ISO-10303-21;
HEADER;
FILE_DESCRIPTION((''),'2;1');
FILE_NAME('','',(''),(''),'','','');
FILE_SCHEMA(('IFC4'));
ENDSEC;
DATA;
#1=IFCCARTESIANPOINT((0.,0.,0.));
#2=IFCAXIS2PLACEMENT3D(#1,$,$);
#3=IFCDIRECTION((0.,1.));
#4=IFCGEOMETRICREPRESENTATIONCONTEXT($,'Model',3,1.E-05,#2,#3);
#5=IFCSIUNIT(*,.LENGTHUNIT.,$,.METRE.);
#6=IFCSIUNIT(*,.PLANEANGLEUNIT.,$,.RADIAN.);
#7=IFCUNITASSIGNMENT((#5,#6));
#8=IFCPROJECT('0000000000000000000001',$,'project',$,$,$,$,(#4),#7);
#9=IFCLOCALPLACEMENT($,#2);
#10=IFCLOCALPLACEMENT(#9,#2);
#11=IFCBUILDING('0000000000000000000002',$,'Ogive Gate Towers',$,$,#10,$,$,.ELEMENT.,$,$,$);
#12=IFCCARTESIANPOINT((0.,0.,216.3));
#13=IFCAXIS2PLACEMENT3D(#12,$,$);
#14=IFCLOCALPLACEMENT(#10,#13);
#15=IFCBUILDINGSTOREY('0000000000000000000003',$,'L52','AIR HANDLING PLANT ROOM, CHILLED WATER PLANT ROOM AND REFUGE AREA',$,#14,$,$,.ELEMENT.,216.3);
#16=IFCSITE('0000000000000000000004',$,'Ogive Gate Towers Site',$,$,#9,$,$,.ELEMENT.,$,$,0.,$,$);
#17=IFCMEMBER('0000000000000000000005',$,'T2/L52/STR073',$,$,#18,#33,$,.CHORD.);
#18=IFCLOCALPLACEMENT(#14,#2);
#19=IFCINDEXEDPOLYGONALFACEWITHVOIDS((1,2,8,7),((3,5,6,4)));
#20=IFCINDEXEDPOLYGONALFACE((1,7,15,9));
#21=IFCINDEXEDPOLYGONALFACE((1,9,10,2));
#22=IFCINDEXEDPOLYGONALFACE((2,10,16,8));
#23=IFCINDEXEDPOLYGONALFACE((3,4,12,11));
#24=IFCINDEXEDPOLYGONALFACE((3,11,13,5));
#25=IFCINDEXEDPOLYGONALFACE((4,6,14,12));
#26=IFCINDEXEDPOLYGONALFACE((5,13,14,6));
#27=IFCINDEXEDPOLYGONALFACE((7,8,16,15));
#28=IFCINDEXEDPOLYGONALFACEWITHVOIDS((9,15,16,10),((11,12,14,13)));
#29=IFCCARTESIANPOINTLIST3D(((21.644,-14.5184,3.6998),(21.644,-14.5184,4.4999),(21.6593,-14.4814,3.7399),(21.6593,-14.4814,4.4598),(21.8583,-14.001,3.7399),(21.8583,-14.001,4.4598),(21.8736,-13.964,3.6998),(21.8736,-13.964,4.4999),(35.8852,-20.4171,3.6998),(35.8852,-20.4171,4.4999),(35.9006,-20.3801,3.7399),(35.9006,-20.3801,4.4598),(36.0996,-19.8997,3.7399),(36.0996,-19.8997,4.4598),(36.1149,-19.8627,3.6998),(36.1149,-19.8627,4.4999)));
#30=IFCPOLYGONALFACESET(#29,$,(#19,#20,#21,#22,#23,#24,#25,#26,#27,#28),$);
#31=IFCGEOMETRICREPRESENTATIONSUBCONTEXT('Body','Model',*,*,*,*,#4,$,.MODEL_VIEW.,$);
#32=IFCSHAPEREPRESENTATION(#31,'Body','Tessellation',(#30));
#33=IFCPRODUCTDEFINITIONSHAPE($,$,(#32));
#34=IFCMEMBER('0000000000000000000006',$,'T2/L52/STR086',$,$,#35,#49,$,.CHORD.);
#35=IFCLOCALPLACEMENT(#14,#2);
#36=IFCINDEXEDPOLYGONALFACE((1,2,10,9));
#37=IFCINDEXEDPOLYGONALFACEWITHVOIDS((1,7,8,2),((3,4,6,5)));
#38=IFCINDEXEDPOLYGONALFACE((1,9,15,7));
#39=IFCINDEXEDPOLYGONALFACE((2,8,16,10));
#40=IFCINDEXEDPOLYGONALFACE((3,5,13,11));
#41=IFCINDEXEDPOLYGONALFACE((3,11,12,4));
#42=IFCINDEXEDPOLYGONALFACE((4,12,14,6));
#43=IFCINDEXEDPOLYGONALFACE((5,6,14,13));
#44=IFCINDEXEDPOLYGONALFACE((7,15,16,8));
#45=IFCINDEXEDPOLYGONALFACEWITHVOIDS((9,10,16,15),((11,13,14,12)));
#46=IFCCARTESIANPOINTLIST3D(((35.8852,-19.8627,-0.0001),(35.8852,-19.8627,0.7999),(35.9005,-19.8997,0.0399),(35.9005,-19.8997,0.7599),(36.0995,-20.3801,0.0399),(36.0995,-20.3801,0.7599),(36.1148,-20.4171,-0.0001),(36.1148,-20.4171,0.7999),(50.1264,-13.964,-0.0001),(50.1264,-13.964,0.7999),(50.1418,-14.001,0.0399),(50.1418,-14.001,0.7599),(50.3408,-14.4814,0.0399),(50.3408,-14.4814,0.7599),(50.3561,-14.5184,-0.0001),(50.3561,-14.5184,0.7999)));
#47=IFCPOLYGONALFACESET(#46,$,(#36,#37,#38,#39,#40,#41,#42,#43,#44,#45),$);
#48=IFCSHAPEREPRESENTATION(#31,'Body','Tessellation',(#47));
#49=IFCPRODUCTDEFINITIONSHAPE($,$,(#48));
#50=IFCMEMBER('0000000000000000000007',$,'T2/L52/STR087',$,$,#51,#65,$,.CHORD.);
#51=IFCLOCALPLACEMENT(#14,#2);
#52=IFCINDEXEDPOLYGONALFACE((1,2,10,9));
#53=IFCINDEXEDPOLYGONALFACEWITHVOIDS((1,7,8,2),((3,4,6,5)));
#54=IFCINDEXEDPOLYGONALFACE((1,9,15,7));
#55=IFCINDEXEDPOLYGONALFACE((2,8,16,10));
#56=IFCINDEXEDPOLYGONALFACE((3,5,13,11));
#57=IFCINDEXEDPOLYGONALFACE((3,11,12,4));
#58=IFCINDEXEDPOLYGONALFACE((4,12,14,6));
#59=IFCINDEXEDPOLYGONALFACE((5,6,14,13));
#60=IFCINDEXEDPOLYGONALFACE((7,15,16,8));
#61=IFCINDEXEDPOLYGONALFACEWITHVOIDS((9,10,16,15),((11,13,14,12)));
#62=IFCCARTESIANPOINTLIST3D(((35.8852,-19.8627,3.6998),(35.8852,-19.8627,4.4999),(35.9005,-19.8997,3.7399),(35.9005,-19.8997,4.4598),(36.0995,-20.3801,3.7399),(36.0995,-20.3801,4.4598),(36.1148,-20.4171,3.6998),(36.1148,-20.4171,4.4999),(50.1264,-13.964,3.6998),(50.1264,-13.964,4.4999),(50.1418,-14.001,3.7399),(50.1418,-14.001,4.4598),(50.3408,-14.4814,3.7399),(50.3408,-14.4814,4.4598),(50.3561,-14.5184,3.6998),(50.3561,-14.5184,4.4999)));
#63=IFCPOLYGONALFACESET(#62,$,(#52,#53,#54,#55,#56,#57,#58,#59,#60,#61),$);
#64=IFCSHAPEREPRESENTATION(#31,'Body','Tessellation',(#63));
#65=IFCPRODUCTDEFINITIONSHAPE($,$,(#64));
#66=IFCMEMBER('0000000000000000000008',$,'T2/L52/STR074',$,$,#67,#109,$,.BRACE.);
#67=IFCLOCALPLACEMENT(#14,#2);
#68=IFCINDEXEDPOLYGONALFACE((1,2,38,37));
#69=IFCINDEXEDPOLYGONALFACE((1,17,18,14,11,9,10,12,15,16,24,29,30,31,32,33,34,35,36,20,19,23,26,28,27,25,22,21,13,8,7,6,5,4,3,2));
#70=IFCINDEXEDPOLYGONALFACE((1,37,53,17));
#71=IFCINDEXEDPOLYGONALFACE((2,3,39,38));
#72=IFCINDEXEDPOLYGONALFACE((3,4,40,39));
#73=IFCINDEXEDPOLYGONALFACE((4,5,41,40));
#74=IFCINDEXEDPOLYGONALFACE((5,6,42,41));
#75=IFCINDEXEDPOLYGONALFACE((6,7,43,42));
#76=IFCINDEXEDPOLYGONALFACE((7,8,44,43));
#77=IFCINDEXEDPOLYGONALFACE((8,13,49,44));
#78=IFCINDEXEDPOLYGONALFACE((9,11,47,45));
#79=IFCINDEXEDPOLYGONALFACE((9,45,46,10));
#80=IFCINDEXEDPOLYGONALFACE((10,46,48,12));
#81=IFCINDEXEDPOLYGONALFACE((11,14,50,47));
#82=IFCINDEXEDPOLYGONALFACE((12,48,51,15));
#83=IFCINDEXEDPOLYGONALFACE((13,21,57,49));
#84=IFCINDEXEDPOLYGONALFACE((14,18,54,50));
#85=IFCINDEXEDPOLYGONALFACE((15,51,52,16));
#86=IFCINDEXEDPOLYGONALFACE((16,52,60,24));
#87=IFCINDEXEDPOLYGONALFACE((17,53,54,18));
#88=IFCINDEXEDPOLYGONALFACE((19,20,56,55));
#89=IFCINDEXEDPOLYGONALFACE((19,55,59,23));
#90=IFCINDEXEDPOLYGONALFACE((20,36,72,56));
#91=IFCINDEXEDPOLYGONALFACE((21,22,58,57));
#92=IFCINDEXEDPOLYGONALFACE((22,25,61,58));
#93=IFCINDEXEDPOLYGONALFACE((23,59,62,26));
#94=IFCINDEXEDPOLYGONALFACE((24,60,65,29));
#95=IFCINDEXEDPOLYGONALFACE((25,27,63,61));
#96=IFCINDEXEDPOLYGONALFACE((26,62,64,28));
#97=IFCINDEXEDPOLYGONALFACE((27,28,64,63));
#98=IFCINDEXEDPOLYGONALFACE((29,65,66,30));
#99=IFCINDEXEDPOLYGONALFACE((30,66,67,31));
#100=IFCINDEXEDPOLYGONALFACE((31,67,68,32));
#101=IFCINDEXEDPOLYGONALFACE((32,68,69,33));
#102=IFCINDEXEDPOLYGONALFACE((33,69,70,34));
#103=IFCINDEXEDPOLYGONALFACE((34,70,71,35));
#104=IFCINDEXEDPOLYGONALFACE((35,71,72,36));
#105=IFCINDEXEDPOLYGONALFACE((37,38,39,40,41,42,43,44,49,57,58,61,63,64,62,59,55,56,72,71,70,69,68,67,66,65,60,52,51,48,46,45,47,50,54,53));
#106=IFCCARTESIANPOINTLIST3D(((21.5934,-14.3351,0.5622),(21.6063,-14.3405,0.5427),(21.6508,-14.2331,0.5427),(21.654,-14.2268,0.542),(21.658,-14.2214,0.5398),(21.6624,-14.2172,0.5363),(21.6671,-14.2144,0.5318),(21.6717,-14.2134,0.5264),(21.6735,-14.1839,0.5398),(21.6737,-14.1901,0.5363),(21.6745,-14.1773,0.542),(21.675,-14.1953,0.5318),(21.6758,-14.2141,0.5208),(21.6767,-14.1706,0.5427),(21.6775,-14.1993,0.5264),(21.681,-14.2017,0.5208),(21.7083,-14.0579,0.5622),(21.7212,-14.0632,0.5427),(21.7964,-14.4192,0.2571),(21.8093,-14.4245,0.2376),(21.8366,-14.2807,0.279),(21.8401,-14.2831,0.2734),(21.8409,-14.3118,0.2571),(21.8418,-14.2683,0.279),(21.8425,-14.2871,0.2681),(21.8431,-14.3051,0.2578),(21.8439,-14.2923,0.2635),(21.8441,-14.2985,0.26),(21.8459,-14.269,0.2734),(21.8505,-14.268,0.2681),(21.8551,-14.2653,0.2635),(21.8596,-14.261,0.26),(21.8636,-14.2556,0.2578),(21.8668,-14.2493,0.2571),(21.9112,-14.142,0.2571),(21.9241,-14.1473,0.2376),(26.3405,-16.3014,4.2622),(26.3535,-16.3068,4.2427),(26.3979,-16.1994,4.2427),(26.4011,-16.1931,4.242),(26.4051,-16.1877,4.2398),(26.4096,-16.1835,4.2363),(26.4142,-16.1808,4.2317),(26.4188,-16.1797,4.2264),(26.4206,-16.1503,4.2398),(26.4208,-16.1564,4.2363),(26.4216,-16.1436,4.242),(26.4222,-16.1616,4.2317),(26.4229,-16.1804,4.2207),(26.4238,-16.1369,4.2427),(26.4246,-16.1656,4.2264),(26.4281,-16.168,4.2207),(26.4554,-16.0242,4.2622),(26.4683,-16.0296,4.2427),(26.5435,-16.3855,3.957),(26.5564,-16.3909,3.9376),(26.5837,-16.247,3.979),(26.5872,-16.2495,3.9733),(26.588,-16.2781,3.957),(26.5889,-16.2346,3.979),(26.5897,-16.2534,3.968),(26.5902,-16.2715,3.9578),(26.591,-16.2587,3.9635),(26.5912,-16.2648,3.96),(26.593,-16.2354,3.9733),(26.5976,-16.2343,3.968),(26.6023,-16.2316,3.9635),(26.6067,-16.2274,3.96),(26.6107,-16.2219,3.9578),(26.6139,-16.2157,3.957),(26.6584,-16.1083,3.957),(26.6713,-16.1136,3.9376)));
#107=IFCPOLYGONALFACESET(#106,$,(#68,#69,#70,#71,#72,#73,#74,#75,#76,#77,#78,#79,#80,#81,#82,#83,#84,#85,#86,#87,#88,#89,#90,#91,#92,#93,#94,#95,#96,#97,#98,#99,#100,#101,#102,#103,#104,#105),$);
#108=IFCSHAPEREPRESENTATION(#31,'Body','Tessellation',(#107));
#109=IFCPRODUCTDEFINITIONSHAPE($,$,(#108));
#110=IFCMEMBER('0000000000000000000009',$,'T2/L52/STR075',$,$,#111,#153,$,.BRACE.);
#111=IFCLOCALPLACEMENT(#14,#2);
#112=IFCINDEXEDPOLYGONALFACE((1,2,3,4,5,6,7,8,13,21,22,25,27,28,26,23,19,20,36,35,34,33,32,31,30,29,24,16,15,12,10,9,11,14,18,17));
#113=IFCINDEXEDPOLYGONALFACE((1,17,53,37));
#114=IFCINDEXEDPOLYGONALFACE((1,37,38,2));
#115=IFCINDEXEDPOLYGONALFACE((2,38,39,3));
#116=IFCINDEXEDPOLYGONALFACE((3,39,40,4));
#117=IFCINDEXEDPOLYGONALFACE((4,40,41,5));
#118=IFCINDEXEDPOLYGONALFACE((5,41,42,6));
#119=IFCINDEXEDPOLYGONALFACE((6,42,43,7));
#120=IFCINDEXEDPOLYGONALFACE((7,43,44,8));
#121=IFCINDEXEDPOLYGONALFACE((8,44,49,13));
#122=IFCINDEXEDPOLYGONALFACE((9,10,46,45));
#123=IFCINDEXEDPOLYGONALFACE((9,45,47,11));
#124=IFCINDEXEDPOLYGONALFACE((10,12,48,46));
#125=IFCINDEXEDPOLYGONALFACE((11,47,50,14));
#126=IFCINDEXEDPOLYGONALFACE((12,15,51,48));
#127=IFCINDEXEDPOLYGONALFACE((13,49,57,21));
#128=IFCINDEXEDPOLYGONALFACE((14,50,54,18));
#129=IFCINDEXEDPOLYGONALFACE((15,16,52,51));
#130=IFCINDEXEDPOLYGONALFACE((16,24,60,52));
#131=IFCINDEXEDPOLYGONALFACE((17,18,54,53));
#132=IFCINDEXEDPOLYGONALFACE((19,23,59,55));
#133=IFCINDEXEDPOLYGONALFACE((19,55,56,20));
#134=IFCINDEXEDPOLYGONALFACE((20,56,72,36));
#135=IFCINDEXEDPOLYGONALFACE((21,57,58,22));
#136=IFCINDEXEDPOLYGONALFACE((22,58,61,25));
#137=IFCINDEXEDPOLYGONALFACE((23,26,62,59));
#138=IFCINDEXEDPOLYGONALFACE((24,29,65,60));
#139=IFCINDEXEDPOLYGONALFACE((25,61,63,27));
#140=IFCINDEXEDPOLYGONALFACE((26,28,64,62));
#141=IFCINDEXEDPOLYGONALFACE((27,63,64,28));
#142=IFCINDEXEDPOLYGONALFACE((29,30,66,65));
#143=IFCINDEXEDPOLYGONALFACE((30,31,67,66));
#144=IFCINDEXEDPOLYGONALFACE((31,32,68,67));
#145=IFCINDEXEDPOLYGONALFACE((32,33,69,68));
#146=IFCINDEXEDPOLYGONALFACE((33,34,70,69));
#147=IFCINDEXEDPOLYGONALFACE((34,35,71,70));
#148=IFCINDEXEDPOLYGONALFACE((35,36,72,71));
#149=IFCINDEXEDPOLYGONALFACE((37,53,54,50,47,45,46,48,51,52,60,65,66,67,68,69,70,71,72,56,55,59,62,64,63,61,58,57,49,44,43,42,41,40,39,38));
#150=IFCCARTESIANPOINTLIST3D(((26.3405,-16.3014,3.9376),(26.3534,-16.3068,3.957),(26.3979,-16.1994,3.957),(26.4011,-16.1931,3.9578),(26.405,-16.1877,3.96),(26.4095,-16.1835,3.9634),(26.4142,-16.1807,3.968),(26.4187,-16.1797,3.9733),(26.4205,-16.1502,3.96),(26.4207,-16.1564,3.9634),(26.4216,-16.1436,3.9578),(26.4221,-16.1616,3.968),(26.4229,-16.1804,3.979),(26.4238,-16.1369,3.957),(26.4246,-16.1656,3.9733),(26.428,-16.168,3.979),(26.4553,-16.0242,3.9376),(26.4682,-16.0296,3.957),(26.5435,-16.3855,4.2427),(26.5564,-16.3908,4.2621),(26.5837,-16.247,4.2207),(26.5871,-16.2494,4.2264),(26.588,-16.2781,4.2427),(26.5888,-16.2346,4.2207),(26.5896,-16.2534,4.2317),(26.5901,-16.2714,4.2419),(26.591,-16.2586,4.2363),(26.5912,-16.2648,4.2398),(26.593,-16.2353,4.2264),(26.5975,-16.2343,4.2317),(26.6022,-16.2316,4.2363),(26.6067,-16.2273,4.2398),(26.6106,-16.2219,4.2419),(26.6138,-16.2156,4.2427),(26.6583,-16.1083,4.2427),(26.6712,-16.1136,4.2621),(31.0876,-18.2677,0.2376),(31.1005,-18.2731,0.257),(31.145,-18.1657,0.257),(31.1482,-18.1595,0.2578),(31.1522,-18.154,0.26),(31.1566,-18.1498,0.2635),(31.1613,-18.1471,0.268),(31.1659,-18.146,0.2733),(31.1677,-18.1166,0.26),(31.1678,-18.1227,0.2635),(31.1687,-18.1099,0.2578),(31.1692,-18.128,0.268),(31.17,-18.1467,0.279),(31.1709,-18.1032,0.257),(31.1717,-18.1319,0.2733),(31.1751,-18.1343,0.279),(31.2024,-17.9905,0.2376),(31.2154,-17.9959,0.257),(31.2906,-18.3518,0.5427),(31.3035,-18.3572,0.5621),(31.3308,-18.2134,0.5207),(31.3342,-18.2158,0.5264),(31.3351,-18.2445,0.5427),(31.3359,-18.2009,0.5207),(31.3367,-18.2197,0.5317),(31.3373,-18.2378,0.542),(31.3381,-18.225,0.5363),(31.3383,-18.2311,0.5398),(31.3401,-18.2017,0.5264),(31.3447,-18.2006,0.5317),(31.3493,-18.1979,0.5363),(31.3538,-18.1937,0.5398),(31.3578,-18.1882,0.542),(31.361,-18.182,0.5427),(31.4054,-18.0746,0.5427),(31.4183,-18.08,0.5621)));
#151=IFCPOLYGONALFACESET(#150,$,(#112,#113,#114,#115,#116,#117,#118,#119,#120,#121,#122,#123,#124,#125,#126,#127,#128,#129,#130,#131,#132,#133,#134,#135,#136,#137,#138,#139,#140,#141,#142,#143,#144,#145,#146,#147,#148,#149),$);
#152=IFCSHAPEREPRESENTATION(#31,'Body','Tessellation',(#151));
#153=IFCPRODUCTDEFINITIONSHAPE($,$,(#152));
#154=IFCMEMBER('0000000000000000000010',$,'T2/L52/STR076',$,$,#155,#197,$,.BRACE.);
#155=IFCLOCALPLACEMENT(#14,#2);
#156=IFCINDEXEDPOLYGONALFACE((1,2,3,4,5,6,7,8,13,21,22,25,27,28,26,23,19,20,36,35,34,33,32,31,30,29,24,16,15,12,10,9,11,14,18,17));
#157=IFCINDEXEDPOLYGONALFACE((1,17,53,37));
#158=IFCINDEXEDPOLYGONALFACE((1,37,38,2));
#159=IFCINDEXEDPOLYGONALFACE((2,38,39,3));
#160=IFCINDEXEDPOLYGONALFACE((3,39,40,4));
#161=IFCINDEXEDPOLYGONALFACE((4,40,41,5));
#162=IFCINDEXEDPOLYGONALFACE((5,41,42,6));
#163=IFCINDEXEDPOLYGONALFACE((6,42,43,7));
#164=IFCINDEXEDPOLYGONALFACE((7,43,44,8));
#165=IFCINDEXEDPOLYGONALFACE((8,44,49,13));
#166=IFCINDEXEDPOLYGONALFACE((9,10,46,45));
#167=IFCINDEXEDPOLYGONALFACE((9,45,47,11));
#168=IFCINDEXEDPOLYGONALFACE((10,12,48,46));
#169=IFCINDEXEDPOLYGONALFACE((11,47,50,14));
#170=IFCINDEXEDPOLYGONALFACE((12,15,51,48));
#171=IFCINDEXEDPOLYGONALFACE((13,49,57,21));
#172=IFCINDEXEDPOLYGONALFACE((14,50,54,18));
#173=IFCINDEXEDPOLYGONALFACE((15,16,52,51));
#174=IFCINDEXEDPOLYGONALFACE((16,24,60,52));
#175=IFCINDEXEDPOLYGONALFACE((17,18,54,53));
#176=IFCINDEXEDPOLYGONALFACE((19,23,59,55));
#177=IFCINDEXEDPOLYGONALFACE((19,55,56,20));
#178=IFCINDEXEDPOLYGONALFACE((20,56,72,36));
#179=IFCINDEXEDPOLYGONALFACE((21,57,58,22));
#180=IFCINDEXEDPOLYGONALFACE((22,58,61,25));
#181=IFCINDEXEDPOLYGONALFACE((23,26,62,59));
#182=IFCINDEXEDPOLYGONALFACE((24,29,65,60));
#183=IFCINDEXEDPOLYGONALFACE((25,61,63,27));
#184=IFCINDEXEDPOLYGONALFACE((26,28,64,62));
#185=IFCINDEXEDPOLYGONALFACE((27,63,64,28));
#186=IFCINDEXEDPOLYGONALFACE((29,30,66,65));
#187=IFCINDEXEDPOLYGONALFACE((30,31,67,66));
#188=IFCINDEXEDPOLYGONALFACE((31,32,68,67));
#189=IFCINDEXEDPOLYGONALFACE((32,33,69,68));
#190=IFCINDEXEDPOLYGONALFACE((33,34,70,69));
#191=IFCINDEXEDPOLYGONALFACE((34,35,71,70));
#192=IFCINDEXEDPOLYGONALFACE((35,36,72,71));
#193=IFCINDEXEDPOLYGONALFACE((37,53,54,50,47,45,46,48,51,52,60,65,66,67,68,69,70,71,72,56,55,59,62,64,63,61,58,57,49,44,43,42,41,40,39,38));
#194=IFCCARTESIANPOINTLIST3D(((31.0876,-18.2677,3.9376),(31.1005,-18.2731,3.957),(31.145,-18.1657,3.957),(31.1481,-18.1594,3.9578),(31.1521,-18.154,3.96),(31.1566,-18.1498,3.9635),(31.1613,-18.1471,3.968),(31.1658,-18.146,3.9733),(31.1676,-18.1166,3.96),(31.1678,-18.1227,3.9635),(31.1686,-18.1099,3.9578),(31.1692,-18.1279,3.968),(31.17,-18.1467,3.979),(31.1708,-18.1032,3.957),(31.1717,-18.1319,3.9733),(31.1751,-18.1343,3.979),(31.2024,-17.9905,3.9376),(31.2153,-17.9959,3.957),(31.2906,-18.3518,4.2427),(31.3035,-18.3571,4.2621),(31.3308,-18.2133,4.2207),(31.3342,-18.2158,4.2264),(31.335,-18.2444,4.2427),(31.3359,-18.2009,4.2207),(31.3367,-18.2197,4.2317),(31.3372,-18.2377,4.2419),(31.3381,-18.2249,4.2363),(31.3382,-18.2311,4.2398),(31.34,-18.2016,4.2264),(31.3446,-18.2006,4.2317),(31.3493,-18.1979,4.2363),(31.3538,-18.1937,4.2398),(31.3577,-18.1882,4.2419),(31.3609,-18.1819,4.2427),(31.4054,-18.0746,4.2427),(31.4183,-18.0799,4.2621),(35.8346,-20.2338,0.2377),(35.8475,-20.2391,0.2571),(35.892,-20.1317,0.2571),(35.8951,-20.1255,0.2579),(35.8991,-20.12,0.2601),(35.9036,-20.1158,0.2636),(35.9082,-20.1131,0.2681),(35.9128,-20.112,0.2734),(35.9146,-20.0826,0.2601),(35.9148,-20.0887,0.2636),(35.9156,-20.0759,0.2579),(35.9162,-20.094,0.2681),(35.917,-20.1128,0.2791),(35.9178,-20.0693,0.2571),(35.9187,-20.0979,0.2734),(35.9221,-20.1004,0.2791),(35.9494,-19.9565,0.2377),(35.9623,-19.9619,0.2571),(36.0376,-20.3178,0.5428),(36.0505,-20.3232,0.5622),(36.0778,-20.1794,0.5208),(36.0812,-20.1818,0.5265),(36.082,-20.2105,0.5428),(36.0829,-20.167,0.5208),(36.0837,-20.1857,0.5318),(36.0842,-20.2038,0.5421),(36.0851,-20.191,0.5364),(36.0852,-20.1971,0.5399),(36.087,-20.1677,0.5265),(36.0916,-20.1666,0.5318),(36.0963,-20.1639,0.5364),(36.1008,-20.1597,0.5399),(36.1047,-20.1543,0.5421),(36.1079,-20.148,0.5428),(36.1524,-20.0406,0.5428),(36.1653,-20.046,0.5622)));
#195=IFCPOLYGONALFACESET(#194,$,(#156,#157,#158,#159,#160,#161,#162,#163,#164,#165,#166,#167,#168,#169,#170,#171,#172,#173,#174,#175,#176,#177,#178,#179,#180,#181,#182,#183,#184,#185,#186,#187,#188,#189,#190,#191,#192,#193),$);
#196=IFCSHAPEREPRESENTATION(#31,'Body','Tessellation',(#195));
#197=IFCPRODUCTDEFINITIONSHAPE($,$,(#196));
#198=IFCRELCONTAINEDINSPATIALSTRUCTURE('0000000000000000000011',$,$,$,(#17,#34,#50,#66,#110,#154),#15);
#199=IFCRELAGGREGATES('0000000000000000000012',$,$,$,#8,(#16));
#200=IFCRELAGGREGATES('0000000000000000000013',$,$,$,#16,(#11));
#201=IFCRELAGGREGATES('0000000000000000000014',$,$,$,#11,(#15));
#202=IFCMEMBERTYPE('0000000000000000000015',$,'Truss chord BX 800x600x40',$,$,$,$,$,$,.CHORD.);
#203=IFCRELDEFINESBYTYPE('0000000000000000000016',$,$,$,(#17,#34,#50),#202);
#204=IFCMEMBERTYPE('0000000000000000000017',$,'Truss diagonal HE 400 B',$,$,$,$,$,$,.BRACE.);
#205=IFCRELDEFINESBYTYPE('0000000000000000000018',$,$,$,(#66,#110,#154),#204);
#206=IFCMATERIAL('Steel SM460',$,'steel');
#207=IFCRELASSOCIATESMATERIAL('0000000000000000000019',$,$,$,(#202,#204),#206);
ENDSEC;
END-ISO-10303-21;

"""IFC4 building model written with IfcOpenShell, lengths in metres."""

from ifc_helpers import new_model, si_unit, direction, frame, origin, origin_2d, place, context, subcontext, project, spatial, hollow_rectangle, i_section, extrude, material, material_profile, profile_set, type_object, element, save


model = new_model("IFC4")

# Units and contexts
model_context = context("Model", 3, precision=1e-05, world=origin(), true_north=direction((0.0, 1.0)))
body_context = subcontext(model_context, "Body", "Model", "MODEL_VIEW")
ifc_project = project(units=[si_unit("LENGTHUNIT", "METRE"), si_unit("PLANEANGLEUNIT", "RADIAN")], contexts=[model_context])

# Site, building, storey
site_placement = place(None, origin())
site = spatial("IfcSite", under=ifc_project, at=site_placement, Name="Ogive Gate Towers Site", CompositionType="ELEMENT", RefElevation=0.0)
building_placement = place(site_placement, origin())
building = spatial("IfcBuilding", under=site, at=building_placement, Name="Ogive Gate Towers", CompositionType="ELEMENT")
storey_placement = place(building_placement, frame((0.0, 0.0, 216.3)))
storey = spatial("IfcBuildingStorey", under=building, at=storey_placement, Name="L52", Description="AIR HANDLING PLANT ROOM, CHILLED WATER PLANT ROOM AND REFUGE AREA", CompositionType="ELEMENT", Elevation=216.3)

# Shared definitions
ifc_material_1 = material(Name="Steel SM460", Category="steel")

# Members
ifc_material_profile_1 = material_profile(ifc_material_1, hollow_rectangle(XDim=0.6001, YDim=0.8, WallThickness=0.04, at=origin_2d()), Name="BX 800x600x40")
ifc_profile_set_1 = profile_set([ifc_material_profile_1], Name="Steel SM460")
member_type_1 = type_object("IfcMemberType", Name="Truss chord BX 800x600x40", PredefinedType="CHORD", material=ifc_profile_set_1)
for number, where, z_axis, x_axis, name in (
    (1, (21.7588, -14.2412, 4.0999), (0.923885, -0.382671, 0.0), (0.382671, 0.923885, 0.0), "T2/L52/STR073"),
    (2, (36.0, -20.1399, 0.3999), (0.923885, 0.382671, 0.0), (-0.382671, 0.923885, 0.0), "T2/L52/STR086"),
    (3, (36.0, -20.1399, 4.0999), (0.923885, 0.382671, 0.0), (-0.382671, 0.923885, 0.0), "T2/L52/STR087"),
):
    element("IfcMember", number, at=place(storey_placement, frame(where, z_axis=z_axis, x_axis=x_axis)), inside=storey, type_object=member_type_1, Name=name, PredefinedType="CHORD", context=body_context, shape_type="SweptSolid", body=[
        extrude(hollow_rectangle(XDim=0.6001, YDim=0.8, WallThickness=0.04, at=origin_2d()), origin(), (0.0, 0.0, 1.0), 15.4146),
    ])
ifc_material_profile_2 = material_profile(ifc_material_1, i_section(OverallWidth=0.3, OverallDepth=0.3999, WebThickness=0.0134, FlangeThickness=0.0239, FilletRadius=0.0271, at=origin_2d()), Name="HE 400 B")
ifc_profile_set_2 = profile_set([ifc_material_profile_2], Name="Steel SM460")
member_type_2 = type_object("IfcMemberType", Name="Truss diagonal HE 400 B", PredefinedType="BRACE", material=ifc_profile_set_2)
for number, where, z_axis, x_axis, name in (
    (4, (21.7588, -14.2412, 0.3999), (0.749728, -0.310549, 0.584352), (0.382685, 0.923879, 0.0), "T2/L52/STR074"),
    (5, (26.5059, -16.2075, 4.0999), (0.749728, -0.310549, -0.584352), (0.382685, 0.923879, 0.0), "T2/L52/STR075"),
):
    element("IfcMember", number, at=place(storey_placement, frame(where, z_axis=z_axis, x_axis=x_axis)), inside=storey, type_object=member_type_2, Name=name, PredefinedType="BRACE", context=body_context, shape_type="SweptSolid", body=[
        extrude(i_section(OverallWidth=0.3, OverallDepth=0.3999, WebThickness=0.0134, FlangeThickness=0.0239, FilletRadius=0.0271, at=origin_2d()), origin(), (0.0, 0.0, 1.0), 6.3318),
    ])
for number, where, z_axis, x_axis, name in (
    (6, (31.2529, -18.1738, 4.0999), (0.749737, -0.310514, -0.584359), (0.382644, 0.923896, 0.0), "T2/L52/STR076"),
):
    element("IfcMember", number, at=place(storey_placement, frame(where, z_axis=z_axis, x_axis=x_axis)), inside=storey, type_object=member_type_2, Name=name, PredefinedType="BRACE", context=body_context, shape_type="SweptSolid", body=[
        extrude(i_section(OverallWidth=0.3, OverallDepth=0.3999, WebThickness=0.0134, FlangeThickness=0.0239, FilletRadius=0.0271, at=origin_2d()), origin(), (0.0, 0.0, 1.0), 6.3315),
    ])

save(model, "model.ifc")
